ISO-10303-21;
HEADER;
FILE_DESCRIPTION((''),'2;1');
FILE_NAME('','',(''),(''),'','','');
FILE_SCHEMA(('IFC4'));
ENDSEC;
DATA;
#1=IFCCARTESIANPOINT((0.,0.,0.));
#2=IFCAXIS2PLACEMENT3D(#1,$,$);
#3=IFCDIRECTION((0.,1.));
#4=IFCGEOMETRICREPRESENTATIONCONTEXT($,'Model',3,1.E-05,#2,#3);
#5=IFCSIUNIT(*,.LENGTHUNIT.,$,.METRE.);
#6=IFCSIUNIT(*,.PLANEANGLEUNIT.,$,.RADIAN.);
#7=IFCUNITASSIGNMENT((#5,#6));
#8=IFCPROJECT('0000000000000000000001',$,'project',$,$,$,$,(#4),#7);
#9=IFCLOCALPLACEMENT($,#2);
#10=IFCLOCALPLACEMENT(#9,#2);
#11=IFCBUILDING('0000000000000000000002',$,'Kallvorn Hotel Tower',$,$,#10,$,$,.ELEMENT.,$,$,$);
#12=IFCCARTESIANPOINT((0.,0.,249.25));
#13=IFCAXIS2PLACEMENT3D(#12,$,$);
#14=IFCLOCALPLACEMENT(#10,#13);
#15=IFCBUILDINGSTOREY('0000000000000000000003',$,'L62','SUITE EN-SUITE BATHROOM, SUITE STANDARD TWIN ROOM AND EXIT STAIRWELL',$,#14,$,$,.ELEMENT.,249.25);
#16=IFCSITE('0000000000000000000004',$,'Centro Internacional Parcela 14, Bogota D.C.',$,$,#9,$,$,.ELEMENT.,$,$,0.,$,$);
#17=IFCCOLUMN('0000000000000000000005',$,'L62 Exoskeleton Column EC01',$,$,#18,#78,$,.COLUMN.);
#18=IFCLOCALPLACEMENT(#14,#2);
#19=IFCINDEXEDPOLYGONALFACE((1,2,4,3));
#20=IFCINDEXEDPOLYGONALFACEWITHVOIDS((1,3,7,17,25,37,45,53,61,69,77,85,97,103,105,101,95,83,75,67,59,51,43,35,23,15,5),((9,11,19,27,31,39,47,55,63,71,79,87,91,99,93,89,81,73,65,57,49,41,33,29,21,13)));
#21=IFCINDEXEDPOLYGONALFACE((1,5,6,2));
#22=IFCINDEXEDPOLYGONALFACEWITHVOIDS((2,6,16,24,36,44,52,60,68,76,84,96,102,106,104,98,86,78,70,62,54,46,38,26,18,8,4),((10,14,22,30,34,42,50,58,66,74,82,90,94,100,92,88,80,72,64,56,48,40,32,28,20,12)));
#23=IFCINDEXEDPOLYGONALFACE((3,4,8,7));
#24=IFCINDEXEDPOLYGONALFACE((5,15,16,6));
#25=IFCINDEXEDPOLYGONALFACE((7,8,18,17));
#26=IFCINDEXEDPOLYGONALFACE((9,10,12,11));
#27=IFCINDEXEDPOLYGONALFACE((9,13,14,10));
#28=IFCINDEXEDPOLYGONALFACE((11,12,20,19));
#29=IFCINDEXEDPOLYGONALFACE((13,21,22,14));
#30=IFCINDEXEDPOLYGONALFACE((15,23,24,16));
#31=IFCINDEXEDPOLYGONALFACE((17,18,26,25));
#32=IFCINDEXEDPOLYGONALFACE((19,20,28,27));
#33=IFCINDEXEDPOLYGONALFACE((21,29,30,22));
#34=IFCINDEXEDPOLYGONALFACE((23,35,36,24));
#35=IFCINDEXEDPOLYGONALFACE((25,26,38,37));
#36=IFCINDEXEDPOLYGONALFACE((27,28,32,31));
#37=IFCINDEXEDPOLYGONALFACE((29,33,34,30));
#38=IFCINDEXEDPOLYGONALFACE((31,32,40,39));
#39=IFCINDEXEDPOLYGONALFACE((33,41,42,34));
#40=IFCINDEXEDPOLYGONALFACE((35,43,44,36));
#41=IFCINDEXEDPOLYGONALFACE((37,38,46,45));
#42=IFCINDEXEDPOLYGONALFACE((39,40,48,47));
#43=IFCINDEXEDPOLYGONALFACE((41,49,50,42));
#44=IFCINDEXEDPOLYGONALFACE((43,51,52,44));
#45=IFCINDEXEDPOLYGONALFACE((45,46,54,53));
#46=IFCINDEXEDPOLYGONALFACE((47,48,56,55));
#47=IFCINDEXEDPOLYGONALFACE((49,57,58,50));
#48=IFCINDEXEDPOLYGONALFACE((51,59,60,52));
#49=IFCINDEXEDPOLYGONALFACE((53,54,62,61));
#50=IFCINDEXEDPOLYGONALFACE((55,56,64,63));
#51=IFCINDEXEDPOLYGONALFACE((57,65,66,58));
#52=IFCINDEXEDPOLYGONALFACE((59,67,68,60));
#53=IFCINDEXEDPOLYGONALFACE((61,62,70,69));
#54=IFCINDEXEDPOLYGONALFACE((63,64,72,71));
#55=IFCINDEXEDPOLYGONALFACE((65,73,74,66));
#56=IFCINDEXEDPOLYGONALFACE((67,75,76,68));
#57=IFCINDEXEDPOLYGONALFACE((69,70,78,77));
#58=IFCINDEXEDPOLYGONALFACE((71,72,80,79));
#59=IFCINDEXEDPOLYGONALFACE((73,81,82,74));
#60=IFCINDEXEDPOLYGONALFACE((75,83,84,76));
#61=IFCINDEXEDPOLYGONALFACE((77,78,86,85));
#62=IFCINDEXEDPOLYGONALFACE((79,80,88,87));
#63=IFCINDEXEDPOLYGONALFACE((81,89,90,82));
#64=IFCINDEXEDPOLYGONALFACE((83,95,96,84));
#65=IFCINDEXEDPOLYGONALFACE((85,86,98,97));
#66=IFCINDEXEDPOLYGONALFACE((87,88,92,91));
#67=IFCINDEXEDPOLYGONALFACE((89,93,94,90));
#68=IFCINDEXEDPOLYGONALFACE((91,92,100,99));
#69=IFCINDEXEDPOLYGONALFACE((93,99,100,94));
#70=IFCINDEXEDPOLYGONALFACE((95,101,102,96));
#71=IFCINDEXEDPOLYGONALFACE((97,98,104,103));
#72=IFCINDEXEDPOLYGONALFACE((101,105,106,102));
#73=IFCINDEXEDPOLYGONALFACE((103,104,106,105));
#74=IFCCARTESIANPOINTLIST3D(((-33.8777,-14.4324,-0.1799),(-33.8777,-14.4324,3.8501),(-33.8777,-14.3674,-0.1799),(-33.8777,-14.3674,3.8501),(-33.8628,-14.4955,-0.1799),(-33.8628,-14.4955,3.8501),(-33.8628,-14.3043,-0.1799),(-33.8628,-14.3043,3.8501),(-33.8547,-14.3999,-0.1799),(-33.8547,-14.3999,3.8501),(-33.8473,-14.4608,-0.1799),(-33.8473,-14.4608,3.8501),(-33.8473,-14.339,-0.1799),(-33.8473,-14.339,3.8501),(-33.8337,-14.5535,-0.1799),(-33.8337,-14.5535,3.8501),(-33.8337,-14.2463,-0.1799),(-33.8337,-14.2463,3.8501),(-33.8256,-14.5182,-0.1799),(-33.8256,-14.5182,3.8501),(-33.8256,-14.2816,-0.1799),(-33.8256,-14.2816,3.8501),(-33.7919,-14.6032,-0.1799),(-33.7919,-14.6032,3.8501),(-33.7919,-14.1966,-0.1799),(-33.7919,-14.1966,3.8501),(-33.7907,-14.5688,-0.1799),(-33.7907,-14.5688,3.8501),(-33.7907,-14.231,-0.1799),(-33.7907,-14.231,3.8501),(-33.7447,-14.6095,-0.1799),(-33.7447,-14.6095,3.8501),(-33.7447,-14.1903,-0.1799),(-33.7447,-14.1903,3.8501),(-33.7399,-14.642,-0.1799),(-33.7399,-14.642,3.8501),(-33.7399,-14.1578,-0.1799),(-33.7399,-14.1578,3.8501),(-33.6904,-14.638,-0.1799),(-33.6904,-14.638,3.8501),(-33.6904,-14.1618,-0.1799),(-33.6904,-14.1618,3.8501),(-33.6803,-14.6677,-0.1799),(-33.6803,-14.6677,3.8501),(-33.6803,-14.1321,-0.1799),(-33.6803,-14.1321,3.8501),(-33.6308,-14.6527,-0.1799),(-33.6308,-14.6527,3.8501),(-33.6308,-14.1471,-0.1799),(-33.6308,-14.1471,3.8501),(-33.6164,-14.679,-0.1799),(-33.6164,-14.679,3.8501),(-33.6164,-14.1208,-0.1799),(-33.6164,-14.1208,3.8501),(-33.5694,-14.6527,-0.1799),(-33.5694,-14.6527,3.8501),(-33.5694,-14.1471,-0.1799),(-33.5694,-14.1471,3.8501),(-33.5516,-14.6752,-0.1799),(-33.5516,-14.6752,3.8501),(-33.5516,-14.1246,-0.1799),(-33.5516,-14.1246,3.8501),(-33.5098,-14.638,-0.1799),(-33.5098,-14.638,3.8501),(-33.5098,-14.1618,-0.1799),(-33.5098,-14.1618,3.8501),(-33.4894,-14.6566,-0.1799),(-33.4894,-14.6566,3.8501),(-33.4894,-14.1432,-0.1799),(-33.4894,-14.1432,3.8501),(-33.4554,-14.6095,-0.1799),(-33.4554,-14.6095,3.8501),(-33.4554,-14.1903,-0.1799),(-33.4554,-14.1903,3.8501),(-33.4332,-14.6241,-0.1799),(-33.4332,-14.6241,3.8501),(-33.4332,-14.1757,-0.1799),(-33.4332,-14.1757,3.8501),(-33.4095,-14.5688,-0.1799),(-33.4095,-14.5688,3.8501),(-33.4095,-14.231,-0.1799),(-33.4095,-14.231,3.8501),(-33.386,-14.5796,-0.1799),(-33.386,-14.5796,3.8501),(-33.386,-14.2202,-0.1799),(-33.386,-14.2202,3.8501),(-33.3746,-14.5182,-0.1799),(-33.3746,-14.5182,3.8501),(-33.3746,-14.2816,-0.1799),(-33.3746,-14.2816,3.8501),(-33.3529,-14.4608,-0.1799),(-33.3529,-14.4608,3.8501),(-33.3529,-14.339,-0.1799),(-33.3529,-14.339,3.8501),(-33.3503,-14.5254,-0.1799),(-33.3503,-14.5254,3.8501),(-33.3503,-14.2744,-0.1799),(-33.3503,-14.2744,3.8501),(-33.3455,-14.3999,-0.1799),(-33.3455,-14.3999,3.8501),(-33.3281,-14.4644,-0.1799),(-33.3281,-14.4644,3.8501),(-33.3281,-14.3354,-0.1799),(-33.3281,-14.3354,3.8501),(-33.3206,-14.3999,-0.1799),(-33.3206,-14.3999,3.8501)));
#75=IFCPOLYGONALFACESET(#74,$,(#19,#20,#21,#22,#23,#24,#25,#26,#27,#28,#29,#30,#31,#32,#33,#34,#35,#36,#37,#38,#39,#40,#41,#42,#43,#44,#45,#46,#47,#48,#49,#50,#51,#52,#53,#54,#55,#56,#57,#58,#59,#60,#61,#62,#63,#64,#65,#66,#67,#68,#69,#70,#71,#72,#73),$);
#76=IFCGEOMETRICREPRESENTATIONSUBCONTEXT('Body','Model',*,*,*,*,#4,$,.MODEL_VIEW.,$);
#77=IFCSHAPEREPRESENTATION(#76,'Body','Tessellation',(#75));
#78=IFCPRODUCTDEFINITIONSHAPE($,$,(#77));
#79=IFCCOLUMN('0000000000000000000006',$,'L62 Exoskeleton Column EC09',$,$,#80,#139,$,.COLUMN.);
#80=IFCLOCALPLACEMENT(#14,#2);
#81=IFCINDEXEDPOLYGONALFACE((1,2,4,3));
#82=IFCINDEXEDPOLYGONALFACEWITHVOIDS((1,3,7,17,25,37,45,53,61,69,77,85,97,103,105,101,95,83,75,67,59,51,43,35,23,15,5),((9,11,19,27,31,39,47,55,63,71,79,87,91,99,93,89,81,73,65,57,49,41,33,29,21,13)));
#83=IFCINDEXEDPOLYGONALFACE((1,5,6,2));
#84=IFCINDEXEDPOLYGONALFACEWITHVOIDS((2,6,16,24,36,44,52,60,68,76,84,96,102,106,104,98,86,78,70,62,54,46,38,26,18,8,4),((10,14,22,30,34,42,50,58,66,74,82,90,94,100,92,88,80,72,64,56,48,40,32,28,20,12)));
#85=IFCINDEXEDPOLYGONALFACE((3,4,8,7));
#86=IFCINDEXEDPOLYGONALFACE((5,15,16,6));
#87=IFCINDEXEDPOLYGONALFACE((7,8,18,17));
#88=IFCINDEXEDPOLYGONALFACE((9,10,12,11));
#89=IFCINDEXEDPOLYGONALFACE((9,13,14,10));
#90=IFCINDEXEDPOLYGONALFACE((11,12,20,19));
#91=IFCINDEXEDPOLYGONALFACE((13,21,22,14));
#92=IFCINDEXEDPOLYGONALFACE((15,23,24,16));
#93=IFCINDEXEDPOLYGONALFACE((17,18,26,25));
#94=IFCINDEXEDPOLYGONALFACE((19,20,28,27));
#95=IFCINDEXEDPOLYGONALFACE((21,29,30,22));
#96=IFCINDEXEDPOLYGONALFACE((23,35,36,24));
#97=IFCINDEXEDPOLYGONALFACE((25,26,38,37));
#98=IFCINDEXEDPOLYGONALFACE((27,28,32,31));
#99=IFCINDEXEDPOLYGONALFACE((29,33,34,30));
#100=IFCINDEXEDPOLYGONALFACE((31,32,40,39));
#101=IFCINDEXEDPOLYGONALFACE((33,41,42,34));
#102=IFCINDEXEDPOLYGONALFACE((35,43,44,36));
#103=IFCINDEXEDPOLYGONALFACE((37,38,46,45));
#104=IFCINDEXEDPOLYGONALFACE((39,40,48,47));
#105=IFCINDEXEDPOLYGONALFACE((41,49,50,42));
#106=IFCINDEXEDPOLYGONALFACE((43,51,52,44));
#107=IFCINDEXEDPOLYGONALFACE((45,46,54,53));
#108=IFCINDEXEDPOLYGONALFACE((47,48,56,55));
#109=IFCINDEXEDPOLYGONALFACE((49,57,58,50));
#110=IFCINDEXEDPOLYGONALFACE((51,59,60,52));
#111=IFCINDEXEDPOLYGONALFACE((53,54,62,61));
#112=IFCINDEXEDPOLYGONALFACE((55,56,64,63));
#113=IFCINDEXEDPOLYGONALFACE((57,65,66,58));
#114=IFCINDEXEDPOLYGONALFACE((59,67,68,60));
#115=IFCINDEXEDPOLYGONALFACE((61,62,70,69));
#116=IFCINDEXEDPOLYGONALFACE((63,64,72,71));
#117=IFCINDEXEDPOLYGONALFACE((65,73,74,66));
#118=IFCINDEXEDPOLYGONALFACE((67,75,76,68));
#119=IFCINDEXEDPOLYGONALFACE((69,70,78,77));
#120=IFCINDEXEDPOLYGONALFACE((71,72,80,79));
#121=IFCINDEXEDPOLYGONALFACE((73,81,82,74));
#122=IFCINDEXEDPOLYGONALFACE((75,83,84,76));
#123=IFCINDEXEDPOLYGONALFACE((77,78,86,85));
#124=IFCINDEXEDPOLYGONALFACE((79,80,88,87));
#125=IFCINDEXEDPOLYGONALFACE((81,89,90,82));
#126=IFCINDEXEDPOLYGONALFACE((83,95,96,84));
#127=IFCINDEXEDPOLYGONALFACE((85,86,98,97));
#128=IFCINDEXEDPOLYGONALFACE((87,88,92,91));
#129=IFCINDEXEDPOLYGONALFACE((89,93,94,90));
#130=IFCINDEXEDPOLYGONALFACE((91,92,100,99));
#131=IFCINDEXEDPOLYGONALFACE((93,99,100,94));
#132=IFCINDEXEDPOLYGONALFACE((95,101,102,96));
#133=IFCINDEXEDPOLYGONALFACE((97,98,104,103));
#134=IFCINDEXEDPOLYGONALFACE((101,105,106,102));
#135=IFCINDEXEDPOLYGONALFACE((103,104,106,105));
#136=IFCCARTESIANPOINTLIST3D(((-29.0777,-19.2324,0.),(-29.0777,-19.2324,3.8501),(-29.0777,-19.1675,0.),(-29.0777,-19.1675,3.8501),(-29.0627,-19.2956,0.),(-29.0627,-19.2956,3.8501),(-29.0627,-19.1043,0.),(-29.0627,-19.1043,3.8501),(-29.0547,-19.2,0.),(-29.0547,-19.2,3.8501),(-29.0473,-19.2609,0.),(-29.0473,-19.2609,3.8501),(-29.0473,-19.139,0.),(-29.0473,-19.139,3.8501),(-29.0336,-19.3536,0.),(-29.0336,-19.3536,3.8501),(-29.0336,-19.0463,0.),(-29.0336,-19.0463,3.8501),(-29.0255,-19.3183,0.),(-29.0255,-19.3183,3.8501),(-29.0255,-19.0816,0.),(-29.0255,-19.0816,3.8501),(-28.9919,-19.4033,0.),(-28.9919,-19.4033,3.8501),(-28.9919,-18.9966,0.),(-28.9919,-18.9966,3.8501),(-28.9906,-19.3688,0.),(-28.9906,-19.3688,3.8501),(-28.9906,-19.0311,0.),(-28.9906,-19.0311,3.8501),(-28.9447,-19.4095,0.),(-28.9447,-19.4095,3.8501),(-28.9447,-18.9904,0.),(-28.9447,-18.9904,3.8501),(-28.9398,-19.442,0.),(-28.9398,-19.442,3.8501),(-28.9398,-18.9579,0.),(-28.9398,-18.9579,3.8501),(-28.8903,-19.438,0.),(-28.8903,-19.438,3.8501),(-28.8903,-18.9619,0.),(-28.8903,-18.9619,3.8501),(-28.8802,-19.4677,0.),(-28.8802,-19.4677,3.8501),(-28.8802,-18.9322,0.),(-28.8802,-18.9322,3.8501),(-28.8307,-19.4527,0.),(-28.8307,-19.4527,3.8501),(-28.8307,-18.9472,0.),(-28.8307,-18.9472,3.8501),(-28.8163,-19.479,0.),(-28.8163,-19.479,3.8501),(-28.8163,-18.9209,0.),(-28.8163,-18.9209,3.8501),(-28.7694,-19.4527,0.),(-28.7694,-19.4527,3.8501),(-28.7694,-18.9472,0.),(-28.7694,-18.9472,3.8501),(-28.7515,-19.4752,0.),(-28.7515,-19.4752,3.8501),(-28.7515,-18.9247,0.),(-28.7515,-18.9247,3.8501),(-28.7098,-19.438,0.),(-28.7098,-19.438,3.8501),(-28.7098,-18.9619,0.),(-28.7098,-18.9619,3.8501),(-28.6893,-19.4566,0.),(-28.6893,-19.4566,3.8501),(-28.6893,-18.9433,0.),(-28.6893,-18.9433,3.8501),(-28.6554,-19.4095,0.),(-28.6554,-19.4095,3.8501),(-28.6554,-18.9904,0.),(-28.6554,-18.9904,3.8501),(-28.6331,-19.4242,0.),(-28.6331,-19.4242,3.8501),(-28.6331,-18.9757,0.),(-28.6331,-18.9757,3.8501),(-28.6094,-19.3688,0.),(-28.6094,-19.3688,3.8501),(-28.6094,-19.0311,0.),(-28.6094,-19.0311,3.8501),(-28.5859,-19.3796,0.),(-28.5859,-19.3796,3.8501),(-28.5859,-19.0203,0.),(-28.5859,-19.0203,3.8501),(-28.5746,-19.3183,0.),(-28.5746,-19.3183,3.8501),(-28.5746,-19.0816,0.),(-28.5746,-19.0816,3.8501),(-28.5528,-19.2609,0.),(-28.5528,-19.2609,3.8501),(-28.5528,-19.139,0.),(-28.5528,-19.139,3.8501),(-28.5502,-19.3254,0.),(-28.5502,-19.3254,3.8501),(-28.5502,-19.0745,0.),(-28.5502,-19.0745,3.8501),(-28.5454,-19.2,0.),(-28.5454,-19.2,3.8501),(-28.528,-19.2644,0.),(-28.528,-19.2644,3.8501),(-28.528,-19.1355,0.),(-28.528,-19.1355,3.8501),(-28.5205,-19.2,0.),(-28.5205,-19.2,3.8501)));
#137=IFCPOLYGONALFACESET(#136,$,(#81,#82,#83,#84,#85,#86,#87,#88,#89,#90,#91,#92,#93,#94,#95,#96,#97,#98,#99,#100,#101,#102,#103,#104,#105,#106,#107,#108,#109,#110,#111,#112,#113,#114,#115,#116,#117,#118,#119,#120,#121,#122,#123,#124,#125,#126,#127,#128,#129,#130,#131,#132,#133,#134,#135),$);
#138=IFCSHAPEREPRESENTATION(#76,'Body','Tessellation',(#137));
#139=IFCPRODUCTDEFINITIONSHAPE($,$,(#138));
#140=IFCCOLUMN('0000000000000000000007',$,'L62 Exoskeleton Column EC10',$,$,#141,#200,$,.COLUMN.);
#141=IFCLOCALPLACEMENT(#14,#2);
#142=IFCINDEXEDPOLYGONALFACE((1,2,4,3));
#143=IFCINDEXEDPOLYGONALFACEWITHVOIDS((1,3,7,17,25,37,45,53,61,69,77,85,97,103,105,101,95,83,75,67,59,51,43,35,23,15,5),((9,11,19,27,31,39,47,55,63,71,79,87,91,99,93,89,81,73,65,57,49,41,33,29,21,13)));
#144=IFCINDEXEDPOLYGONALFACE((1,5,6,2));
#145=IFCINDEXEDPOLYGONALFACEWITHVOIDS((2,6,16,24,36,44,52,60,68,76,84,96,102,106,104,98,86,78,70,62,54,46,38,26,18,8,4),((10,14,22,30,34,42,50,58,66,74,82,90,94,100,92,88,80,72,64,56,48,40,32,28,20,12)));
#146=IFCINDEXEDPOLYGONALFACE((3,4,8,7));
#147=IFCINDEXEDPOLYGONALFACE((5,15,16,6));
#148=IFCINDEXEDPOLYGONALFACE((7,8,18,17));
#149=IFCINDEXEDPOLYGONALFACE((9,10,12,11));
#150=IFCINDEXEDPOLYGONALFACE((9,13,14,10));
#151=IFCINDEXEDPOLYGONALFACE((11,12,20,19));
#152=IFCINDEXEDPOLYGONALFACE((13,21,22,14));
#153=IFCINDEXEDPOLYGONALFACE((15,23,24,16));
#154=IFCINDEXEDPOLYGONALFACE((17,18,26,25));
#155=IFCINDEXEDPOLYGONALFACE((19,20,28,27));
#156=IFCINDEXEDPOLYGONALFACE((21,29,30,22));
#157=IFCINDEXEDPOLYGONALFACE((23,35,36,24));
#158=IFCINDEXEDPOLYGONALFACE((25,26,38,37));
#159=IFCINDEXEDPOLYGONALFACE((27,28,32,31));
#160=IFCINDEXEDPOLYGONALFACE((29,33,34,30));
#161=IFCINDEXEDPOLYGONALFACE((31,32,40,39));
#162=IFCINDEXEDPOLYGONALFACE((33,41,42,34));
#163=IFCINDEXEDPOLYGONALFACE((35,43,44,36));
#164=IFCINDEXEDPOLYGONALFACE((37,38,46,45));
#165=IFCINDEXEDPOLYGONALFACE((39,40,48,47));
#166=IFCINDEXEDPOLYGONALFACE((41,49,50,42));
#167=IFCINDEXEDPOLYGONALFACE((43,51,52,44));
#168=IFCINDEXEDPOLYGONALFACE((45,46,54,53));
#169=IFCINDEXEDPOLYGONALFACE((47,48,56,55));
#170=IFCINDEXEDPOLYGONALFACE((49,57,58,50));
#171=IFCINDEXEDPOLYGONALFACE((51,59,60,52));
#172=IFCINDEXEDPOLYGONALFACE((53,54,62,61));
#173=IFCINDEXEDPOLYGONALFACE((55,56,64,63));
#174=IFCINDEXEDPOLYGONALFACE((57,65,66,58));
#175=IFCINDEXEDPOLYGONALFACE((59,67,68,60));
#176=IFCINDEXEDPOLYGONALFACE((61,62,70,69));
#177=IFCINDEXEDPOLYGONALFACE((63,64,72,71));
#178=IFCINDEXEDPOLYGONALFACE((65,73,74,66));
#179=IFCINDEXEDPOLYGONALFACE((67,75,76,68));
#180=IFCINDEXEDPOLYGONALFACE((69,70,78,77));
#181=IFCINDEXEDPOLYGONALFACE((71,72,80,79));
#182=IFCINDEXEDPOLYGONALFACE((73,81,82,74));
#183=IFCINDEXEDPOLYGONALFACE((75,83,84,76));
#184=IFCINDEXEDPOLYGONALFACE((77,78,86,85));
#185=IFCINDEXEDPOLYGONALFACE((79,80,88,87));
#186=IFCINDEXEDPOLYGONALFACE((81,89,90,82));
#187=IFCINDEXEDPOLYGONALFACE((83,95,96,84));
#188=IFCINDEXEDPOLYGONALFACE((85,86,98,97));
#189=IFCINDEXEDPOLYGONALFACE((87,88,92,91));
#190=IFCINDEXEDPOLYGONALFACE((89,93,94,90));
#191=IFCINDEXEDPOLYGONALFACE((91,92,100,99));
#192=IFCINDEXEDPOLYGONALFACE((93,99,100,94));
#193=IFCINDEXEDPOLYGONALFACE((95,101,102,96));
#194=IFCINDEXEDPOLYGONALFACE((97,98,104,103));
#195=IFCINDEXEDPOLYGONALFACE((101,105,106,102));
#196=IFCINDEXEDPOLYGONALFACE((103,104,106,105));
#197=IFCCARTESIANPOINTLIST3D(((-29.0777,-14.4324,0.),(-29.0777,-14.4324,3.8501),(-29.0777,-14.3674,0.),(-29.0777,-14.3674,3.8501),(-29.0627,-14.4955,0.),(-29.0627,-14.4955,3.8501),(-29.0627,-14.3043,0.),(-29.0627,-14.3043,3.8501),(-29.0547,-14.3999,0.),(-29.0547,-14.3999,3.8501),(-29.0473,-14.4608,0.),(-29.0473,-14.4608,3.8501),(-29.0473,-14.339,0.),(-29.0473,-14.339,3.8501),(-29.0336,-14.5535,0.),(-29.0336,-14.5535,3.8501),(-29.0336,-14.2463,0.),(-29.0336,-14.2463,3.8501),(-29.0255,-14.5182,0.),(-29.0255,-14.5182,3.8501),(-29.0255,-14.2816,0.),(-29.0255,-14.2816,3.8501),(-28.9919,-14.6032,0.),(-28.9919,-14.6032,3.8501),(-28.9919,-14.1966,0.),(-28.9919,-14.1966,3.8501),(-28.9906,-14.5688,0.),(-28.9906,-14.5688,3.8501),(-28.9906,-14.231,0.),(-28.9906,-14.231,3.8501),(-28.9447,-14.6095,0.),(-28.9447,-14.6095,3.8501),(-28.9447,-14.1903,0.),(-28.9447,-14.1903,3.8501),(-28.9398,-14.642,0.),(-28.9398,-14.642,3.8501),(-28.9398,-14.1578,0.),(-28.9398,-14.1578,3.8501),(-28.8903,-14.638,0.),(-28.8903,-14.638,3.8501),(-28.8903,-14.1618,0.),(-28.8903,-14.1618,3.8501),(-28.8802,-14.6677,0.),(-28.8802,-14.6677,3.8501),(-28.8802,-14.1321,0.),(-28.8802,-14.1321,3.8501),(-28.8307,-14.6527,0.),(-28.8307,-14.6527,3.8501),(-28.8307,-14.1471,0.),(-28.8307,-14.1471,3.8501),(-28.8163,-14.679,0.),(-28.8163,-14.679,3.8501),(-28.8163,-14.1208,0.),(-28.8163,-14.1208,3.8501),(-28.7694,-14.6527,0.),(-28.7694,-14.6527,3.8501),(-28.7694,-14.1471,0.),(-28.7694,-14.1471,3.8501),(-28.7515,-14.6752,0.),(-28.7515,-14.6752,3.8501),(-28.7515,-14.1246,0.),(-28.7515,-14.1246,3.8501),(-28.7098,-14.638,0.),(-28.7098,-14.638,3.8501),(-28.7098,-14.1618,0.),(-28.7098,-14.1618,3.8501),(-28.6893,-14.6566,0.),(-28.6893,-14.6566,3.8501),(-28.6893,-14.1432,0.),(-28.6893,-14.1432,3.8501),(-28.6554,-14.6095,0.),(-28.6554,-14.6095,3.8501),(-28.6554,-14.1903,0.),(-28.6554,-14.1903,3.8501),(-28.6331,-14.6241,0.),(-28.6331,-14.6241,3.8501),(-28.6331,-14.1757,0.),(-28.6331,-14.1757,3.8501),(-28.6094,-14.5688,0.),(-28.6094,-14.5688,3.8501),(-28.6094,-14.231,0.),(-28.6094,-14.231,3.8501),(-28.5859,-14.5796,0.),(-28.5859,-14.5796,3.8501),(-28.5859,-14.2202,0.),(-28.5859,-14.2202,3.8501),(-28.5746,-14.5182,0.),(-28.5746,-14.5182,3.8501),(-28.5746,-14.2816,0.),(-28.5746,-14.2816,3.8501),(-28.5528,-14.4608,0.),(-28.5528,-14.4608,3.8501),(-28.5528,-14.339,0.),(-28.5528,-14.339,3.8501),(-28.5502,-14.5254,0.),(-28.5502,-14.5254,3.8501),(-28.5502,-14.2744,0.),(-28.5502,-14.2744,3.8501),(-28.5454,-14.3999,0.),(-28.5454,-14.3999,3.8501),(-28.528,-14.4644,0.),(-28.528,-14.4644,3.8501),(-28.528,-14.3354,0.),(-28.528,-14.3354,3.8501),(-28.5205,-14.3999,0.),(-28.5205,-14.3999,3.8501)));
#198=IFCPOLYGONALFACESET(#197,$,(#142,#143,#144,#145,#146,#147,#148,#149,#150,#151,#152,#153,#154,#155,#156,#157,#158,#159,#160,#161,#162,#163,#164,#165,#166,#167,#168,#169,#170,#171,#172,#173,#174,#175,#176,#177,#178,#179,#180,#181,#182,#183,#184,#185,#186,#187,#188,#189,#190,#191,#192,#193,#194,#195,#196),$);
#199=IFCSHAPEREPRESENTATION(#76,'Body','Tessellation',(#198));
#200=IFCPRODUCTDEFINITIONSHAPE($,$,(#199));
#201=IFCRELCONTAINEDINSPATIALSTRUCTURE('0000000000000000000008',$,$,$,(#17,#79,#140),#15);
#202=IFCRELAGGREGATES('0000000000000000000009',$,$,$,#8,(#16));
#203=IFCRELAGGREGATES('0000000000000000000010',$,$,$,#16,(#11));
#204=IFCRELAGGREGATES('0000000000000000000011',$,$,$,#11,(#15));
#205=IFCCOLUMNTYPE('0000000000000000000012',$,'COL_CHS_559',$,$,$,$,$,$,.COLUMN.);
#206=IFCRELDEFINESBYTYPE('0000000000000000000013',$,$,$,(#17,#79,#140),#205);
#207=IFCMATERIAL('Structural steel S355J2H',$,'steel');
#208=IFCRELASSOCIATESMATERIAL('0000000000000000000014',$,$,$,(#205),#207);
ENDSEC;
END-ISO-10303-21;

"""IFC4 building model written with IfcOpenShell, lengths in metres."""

from ifc_helpers import new_model, si_unit, direction, frame, origin, origin_2d, place, context, subcontext, project, spatial, hollow_circle, extrude, material, material_profile, profile_set, type_object, element, save


model = new_model("IFC4")

# Units and contexts
model_context = context("Model", 3, precision=1e-05, world=origin(), true_north=direction((0.0, 1.0)))
body_context = subcontext(model_context, "Body", "Model", "MODEL_VIEW")
ifc_project = project(units=[si_unit("LENGTHUNIT", "METRE"), si_unit("PLANEANGLEUNIT", "RADIAN")], contexts=[model_context])

# Site, building, storey
site_placement = place(None, origin())
site = spatial("IfcSite", under=ifc_project, at=site_placement, Name="Centro Internacional Parcela 14, Bogota D.C.", CompositionType="ELEMENT", RefElevation=0.0)
building_placement = place(site_placement, origin())
building = spatial("IfcBuilding", under=site, at=building_placement, Name="Kallvorn Hotel Tower", CompositionType="ELEMENT")
storey_placement = place(building_placement, frame((0.0, 0.0, 249.25)))
storey = spatial("IfcBuildingStorey", under=building, at=storey_placement, Name="L62", Description="SUITE EN-SUITE BATHROOM, SUITE STANDARD TWIN ROOM AND EXIT STAIRWELL", CompositionType="ELEMENT", Elevation=249.25)

# Columns
ifc_material_1 = material(Name="Structural steel S355J2H", Category="steel")
ifc_material_profile_1 = material_profile(ifc_material_1, hollow_circle(Radius=0.2795, WallThickness=0.0249, at=origin_2d()), Name="CHS 559x25")
ifc_profile_set_1 = profile_set([ifc_material_profile_1], Name="Structural steel S355J2H")
column_type_1 = type_object("IfcColumnType", Name="COL_CHS_559", PredefinedType="COLUMN", material=ifc_profile_set_1)
column_1_placement = place(storey_placement, frame((-33.6001, -14.3999, -0.1799), z_axis=(0.0, 0.0, 1.0), x_axis=(1.0, 0.0, 0.0)))
element("IfcColumn", 1, at=column_1_placement, inside=storey, type_object=column_type_1, Name="L62 Exoskeleton Column EC01", PredefinedType="COLUMN", context=body_context, shape_type="SweptSolid", body=[
    extrude(hollow_circle(Radius=0.2795, WallThickness=0.0249, at=origin_2d()), origin(), (0.0, 0.0, 1.0), 4.03),
])
for number, where, z_axis, x_axis, name in (
    (2, (-28.8, -19.2, 0.0), (0.0, 0.0, 1.0), (1.0, 0.0, 0.0), "L62 Exoskeleton Column EC09"),
    (3, (-28.8, -14.3999, 0.0), (0.0, 0.0, 1.0), (1.0, 0.0, 0.0), "L62 Exoskeleton Column EC10"),
):
    element("IfcColumn", number, at=place(storey_placement, frame(where, z_axis=z_axis, x_axis=x_axis)), inside=storey, type_object=column_type_1, Name=name, PredefinedType="COLUMN", context=body_context, shape_type="SweptSolid", body=[
        extrude(hollow_circle(Radius=0.2795, WallThickness=0.0249, at=origin_2d()), origin(), (0.0, 0.0, 1.0), 3.8501),
    ])

save(model, "model.ifc")
